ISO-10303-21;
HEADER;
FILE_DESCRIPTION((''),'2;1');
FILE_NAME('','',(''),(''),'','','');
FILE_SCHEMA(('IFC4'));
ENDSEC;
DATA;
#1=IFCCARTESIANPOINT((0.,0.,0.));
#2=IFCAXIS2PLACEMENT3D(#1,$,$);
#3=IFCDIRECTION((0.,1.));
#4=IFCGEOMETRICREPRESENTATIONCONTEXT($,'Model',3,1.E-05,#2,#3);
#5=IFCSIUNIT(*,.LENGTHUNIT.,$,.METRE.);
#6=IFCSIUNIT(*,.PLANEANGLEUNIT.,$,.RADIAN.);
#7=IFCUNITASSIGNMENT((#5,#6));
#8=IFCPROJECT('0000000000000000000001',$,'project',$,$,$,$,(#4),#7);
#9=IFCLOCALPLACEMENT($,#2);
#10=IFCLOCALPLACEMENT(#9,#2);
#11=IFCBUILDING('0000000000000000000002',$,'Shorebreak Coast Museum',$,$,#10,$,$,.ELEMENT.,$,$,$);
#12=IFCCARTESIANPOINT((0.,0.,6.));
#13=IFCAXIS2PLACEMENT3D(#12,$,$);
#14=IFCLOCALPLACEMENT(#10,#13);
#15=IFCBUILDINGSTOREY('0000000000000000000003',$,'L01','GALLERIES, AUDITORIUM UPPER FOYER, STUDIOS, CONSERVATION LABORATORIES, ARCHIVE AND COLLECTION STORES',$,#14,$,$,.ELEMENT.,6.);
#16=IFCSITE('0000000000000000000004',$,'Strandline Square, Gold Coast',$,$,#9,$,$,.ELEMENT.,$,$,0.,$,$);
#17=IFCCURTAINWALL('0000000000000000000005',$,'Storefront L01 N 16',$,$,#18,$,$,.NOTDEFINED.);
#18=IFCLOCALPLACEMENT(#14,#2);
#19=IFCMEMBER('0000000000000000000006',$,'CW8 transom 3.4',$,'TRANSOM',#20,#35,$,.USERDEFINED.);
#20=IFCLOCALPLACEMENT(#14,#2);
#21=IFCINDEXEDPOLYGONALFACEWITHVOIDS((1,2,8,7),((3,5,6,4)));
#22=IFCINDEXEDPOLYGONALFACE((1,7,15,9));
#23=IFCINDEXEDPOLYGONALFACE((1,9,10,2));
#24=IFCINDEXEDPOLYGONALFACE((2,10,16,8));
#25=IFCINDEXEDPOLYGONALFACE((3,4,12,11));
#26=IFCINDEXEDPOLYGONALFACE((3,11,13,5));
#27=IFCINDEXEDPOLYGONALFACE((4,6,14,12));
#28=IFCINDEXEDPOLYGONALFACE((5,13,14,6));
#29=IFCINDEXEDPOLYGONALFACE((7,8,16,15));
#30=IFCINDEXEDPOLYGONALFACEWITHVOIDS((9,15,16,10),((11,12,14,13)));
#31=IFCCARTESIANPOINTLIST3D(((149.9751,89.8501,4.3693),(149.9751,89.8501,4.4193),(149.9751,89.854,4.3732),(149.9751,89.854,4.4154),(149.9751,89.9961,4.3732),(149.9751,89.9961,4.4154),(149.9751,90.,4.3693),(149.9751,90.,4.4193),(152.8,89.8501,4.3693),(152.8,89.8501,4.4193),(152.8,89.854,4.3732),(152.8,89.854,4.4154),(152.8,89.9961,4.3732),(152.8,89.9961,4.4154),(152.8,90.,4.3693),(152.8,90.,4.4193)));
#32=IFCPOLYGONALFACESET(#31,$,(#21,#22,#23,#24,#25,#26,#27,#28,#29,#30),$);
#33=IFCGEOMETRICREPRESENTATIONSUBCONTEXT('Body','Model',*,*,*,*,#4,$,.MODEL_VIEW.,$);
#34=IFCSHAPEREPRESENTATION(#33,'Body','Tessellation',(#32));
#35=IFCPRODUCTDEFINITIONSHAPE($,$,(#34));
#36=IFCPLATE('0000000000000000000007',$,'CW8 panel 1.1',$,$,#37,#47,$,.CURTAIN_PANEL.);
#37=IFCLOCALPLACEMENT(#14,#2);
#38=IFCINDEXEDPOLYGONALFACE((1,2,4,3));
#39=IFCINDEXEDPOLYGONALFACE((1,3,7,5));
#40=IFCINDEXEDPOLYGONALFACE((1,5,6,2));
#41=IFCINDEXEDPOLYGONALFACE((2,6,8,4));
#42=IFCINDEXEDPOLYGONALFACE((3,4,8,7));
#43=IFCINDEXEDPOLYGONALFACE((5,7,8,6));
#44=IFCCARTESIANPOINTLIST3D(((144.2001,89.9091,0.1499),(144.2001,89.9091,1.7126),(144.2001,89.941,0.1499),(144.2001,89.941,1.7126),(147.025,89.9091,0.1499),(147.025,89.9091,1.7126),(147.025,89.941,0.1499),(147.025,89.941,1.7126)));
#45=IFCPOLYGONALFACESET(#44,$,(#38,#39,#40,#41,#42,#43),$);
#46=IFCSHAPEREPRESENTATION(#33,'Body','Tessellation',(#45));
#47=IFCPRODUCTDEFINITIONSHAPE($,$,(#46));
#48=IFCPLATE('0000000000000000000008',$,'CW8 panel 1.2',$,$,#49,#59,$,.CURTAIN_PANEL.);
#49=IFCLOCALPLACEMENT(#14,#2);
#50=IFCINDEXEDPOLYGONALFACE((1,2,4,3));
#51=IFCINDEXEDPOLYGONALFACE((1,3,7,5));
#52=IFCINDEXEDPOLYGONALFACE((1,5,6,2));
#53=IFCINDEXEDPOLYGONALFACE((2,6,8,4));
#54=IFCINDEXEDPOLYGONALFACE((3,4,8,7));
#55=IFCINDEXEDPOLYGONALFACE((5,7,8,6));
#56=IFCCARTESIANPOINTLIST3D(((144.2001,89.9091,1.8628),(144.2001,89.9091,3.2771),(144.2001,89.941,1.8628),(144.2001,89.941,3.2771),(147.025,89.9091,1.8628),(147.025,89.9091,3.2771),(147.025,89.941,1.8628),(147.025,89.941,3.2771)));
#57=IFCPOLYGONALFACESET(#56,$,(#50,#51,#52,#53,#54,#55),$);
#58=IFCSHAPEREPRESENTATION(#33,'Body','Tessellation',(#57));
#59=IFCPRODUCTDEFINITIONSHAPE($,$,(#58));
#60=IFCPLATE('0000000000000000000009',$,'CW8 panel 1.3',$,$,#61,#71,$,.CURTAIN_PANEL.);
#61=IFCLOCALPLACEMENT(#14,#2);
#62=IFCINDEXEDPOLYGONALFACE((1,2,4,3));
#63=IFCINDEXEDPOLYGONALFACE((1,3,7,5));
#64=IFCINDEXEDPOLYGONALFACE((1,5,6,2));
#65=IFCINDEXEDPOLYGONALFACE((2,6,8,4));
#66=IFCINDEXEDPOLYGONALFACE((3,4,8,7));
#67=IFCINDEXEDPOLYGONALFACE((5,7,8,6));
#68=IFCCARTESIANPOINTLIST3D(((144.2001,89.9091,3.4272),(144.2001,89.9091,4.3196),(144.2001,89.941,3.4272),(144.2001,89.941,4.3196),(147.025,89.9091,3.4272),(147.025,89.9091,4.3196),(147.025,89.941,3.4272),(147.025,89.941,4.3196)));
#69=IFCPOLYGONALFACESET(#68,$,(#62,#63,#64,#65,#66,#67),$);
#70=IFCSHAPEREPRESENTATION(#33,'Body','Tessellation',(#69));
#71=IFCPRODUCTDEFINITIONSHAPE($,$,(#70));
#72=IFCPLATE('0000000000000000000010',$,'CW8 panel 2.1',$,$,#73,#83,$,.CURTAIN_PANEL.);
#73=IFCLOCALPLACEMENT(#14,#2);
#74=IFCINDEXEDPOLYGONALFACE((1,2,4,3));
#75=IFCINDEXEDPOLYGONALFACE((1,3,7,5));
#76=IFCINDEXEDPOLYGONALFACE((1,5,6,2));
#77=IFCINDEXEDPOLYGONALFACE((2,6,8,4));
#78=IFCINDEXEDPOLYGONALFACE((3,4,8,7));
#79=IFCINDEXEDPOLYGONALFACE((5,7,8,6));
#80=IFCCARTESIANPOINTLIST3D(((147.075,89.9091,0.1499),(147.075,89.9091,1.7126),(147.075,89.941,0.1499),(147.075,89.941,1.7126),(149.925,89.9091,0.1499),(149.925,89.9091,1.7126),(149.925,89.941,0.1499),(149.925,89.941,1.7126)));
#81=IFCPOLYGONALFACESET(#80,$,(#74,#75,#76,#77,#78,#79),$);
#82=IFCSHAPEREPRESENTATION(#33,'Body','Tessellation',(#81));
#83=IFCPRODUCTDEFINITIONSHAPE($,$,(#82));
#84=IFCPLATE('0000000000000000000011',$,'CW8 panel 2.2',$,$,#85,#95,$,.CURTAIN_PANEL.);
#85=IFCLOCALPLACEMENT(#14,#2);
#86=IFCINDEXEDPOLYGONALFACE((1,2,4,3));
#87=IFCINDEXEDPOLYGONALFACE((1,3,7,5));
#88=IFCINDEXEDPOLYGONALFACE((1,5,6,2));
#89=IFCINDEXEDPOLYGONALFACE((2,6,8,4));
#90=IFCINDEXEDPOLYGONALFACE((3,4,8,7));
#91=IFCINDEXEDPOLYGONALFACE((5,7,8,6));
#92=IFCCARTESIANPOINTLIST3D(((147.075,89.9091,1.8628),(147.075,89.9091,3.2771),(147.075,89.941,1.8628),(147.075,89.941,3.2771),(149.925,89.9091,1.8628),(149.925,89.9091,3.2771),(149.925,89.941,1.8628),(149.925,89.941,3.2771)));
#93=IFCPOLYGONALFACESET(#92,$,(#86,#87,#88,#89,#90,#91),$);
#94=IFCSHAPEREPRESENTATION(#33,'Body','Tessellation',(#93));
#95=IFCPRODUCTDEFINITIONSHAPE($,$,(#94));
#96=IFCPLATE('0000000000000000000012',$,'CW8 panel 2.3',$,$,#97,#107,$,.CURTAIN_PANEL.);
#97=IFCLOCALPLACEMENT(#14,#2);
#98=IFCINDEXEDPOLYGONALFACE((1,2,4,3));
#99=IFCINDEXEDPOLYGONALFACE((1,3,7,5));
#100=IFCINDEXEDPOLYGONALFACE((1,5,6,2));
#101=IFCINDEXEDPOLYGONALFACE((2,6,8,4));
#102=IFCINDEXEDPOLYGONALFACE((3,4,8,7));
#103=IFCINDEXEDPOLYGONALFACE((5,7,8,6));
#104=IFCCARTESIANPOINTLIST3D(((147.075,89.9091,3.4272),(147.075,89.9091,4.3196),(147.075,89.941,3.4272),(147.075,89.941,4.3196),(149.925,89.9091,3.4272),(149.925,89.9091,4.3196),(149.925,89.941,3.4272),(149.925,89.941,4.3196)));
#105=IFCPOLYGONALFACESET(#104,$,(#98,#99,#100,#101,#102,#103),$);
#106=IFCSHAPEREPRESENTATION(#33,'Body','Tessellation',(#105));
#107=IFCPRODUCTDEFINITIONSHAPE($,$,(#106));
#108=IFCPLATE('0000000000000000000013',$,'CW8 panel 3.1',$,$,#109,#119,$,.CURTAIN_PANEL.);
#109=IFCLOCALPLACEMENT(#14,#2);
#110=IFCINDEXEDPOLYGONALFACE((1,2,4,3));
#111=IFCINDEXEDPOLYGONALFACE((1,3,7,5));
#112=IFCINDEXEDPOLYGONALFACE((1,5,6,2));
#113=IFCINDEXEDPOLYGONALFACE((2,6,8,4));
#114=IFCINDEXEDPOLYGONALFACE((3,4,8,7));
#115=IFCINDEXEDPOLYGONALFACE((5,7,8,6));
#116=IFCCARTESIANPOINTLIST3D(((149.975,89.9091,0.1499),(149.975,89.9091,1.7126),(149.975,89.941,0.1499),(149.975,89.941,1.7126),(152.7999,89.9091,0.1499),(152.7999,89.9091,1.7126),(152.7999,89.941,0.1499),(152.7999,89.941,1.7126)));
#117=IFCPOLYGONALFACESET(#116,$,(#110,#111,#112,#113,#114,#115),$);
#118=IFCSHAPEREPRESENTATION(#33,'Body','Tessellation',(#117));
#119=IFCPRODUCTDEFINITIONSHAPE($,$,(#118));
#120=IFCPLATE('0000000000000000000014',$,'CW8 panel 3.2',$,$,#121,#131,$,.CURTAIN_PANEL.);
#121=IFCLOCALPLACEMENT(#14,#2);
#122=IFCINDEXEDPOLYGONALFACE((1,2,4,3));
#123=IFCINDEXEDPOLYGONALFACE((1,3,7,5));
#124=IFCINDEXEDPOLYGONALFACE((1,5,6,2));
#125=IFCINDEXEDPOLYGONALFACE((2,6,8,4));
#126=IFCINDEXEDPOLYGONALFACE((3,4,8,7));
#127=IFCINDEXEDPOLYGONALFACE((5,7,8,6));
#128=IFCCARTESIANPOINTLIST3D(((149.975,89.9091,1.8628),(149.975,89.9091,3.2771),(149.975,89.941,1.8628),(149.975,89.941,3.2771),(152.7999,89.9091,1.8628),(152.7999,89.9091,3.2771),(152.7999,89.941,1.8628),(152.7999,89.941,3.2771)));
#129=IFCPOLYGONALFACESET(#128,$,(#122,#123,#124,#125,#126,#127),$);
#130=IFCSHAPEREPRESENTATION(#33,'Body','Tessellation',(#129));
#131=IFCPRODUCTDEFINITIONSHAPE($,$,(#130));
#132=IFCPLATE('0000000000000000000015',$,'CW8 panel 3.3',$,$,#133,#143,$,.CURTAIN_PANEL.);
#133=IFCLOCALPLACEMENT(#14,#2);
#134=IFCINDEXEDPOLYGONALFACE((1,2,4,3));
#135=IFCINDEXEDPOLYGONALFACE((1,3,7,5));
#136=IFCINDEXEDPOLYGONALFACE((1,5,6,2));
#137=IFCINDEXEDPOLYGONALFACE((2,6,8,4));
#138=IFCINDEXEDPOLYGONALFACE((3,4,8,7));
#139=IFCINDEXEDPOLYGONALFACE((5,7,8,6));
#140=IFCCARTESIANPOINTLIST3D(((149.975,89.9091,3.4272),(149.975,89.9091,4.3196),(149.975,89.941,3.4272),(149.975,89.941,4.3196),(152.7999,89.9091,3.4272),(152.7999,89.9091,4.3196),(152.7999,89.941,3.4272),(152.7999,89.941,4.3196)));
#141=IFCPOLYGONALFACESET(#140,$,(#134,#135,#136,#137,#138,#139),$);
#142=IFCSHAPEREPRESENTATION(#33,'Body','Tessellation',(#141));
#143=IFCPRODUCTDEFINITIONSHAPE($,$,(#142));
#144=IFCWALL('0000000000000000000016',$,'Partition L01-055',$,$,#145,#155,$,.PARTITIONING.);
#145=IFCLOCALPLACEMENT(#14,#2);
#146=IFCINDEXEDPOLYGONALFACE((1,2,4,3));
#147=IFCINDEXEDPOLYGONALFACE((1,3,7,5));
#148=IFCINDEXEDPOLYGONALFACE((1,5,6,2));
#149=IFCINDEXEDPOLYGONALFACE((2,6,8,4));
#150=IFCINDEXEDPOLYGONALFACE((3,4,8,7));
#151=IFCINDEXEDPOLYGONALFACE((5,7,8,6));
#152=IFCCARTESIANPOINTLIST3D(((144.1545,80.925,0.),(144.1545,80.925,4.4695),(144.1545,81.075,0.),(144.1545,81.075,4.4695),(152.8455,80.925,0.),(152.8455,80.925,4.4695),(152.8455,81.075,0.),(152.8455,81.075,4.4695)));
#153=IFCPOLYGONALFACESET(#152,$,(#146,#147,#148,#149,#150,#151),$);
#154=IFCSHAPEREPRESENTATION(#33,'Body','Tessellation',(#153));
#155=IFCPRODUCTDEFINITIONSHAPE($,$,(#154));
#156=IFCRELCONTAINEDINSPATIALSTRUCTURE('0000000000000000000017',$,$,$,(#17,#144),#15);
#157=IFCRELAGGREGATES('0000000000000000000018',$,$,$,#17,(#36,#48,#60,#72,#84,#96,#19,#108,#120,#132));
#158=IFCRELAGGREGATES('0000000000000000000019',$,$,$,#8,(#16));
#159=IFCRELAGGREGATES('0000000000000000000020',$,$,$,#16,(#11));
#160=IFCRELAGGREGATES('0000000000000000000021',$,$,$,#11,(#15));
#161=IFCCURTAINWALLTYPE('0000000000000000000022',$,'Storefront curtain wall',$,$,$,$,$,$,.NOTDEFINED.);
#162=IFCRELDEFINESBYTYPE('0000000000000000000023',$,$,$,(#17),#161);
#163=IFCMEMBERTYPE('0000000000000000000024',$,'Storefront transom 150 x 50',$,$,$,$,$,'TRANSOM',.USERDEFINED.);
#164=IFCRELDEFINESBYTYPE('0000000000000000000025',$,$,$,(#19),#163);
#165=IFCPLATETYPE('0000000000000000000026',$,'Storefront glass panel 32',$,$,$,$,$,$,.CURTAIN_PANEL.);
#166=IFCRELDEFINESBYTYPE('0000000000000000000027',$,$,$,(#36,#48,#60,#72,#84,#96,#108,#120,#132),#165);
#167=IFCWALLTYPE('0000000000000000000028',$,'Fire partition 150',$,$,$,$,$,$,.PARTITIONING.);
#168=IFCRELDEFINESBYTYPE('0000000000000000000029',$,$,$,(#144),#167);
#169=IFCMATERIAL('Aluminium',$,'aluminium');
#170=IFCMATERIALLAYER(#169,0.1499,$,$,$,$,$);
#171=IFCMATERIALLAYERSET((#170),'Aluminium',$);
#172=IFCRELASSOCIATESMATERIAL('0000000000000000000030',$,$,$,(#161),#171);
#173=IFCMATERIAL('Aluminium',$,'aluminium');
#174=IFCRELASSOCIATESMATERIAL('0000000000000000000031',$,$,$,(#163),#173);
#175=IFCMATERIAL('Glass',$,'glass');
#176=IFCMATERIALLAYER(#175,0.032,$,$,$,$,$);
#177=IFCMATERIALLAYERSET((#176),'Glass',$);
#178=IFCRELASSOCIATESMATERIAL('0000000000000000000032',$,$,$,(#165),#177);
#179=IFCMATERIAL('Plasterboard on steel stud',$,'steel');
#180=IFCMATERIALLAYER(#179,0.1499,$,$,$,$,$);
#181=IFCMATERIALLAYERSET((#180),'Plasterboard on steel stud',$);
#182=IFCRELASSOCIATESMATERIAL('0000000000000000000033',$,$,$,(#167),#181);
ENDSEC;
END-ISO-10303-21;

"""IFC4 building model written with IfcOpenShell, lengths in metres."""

from ifc_helpers import new_model, si_unit, direction, frame, frame_2d, origin, origin_2d, place, context, subcontext, project, spatial, rectangle, hollow_rectangle, extrude, material, layer, layer_set, material_profile, profile_set, type_object, element, aggregate, save


model = new_model("IFC4")

# Units and contexts
model_context = context("Model", 3, precision=1e-05, world=origin(), true_north=direction((0.0, 1.0)))
body_context = subcontext(model_context, "Body", "Model", "MODEL_VIEW")
ifc_project = project(units=[si_unit("LENGTHUNIT", "METRE"), si_unit("PLANEANGLEUNIT", "RADIAN")], contexts=[model_context])

# Site, building, storey
site_placement = place(None, origin())
site = spatial("IfcSite", under=ifc_project, at=site_placement, Name="Strandline Square, Gold Coast", CompositionType="ELEMENT", RefElevation=0.0)
building_placement = place(site_placement, origin())
building = spatial("IfcBuilding", under=site, at=building_placement, Name="Shorebreak Coast Museum", CompositionType="ELEMENT")
storey_placement = place(building_placement, frame((0.0, 0.0, 6.0)))
storey = spatial("IfcBuildingStorey", under=building, at=storey_placement, Name="L01", Description="GALLERIES, AUDITORIUM UPPER FOYER, STUDIOS, CONSERVATION LABORATORIES, ARCHIVE AND COLLECTION STORES", CompositionType="ELEMENT", Elevation=6.0)

# Curtain wall
ifc_material_1 = material(Name="Aluminium", Category="aluminium")
ifc_layer_1 = layer(ifc_material_1, 0.1499)
ifc_layer_set_1 = layer_set([ifc_layer_1], Name="Aluminium")
curtain_wall_type = type_object("IfcCurtainWallType", Name="Storefront curtain wall", PredefinedType="NOTDEFINED", material=ifc_layer_set_1)
curtain_wall_1_placement = place(storey_placement, origin())
curtain_wall_1 = element("IfcCurtainWall", 1, at=curtain_wall_1_placement, inside=storey, type_object=curtain_wall_type, Name="Storefront L01 N 16", PredefinedType="NOTDEFINED")

# Member
ifc_material_2 = material(Name="Aluminium", Category="aluminium")
ifc_material_profile_1 = material_profile(ifc_material_2, hollow_rectangle(XDim=0.1499, YDim=0.05, WallThickness=0.0039, at=origin_2d()), Name="AL 50x150 RHS")
ifc_profile_set_1 = profile_set([ifc_material_profile_1], Name="Aluminium")
member_type_1 = type_object("IfcMemberType", Name="Storefront transom 150 x 50", ElementType="TRANSOM", PredefinedType="USERDEFINED", material=ifc_profile_set_1)
member_1_placement = place(storey_placement, frame((149.9751, 89.925, 4.3943), z_axis=(1.0, 0.0, 0.0), x_axis=(0.0, 1.0, 0.0)))
member_1 = element("IfcMember", 2, at=member_1_placement, type_object=member_type_1, Name="CW8 transom 3.4", ObjectType="TRANSOM", PredefinedType="USERDEFINED", context=body_context, shape_type="SweptSolid", body=[
    extrude(hollow_rectangle(XDim=0.1499, YDim=0.05, WallThickness=0.0039, at=origin_2d()), origin(), (0.0, 0.0, 1.0), 2.825),
])

# Plates
ifc_material_3 = material(Name="Glass", Category="glass")
ifc_layer_2 = layer(ifc_material_3, 0.032)
ifc_layer_set_2 = layer_set([ifc_layer_2], Name="Glass")
plate_type = type_object("IfcPlateType", Name="Storefront glass panel 32", PredefinedType="CURTAIN_PANEL", material=ifc_layer_set_2)
plate_1_placement = place(storey_placement, frame((145.6125, 89.925, 0.1499), z_axis=(0.0, 0.0, 1.0), x_axis=(1.0, 0.0, 0.0)))
plate_1 = element("IfcPlate", 3, at=plate_1_placement, type_object=plate_type, Name="CW8 panel 1.1", PredefinedType="CURTAIN_PANEL", context=body_context, shape_type="SweptSolid", body=[
    extrude(rectangle(XDim=2.825, YDim=0.032, at=origin_2d()), origin(), (0.0, 0.0, 1.0), 1.5627),
])
plate_2_placement = place(storey_placement, frame((145.6125, 89.925, 1.8628), z_axis=(0.0, 0.0, 1.0), x_axis=(1.0, 0.0, 0.0)))
plate_2 = element("IfcPlate", 4, at=plate_2_placement, type_object=plate_type, Name="CW8 panel 1.2", PredefinedType="CURTAIN_PANEL", context=body_context, shape_type="SweptSolid", body=[
    extrude(rectangle(XDim=2.825, YDim=0.032, at=origin_2d()), origin(), (0.0, 0.0, 1.0), 1.4143),
])
plate_3_placement = place(storey_placement, frame((145.6125, 89.925, 3.4272), z_axis=(0.0, 0.0, 1.0), x_axis=(1.0, 0.0, 0.0)))
plate_3 = element("IfcPlate", 5, at=plate_3_placement, type_object=plate_type, Name="CW8 panel 1.3", PredefinedType="CURTAIN_PANEL", context=body_context, shape_type="SweptSolid", body=[
    extrude(rectangle(XDim=2.825, YDim=0.032, at=origin_2d()), origin(), (0.0, 0.0, 1.0), 0.8923),
])
plate_4_placement = place(storey_placement, frame((148.5, 89.925, 0.1499), z_axis=(0.0, 0.0, 1.0), x_axis=(1.0, 0.0, 0.0)))
plate_4 = element("IfcPlate", 6, at=plate_4_placement, type_object=plate_type, Name="CW8 panel 2.1", PredefinedType="CURTAIN_PANEL", context=body_context, shape_type="SweptSolid", body=[
    extrude(rectangle(XDim=2.8501, YDim=0.032, at=origin_2d()), origin(), (0.0, 0.0, 1.0), 1.5627),
])
plate_5_placement = place(storey_placement, frame((148.5, 89.925, 1.8628), z_axis=(0.0, 0.0, 1.0), x_axis=(1.0, 0.0, 0.0)))
plate_5 = element("IfcPlate", 7, at=plate_5_placement, type_object=plate_type, Name="CW8 panel 2.2", PredefinedType="CURTAIN_PANEL", context=body_context, shape_type="SweptSolid", body=[
    extrude(rectangle(XDim=2.8501, YDim=0.032, at=origin_2d()), origin(), (0.0, 0.0, 1.0), 1.4143),
])
plate_6_placement = place(storey_placement, frame((148.5, 89.925, 3.4272), z_axis=(0.0, 0.0, 1.0), x_axis=(1.0, 0.0, 0.0)))
plate_6 = element("IfcPlate", 8, at=plate_6_placement, type_object=plate_type, Name="CW8 panel 2.3", PredefinedType="CURTAIN_PANEL", context=body_context, shape_type="SweptSolid", body=[
    extrude(rectangle(XDim=2.8501, YDim=0.032, at=origin_2d()), origin(), (0.0, 0.0, 1.0), 0.8923),
])
plate_7_placement = place(storey_placement, frame((151.3875, 89.925, 0.1499), z_axis=(0.0, 0.0, 1.0), x_axis=(1.0, 0.0, 0.0)))
plate_7 = element("IfcPlate", 9, at=plate_7_placement, type_object=plate_type, Name="CW8 panel 3.1", PredefinedType="CURTAIN_PANEL", context=body_context, shape_type="SweptSolid", body=[
    extrude(rectangle(XDim=2.825, YDim=0.032, at=origin_2d()), origin(), (0.0, 0.0, 1.0), 1.5627),
])
plate_8_placement = place(storey_placement, frame((151.3875, 89.925, 1.8628), z_axis=(0.0, 0.0, 1.0), x_axis=(1.0, 0.0, 0.0)))
plate_8 = element("IfcPlate", 10, at=plate_8_placement, type_object=plate_type, Name="CW8 panel 3.2", PredefinedType="CURTAIN_PANEL", context=body_context, shape_type="SweptSolid", body=[
    extrude(rectangle(XDim=2.825, YDim=0.032, at=origin_2d()), origin(), (0.0, 0.0, 1.0), 1.4143),
])
plate_9_placement = place(storey_placement, frame((151.3875, 89.925, 3.4272), z_axis=(0.0, 0.0, 1.0), x_axis=(1.0, 0.0, 0.0)))
plate_9 = element("IfcPlate", 11, at=plate_9_placement, type_object=plate_type, Name="CW8 panel 3.3", PredefinedType="CURTAIN_PANEL", context=body_context, shape_type="SweptSolid", body=[
    extrude(rectangle(XDim=2.825, YDim=0.032, at=origin_2d()), origin(), (0.0, 0.0, 1.0), 0.8923),
])
aggregate(curtain_wall_1, [plate_1, plate_2, plate_3, plate_4, plate_5, plate_6, member_1, plate_7, plate_8, plate_9])

# Wall
ifc_material_4 = material(Name="Plasterboard on steel stud", Category="steel")
ifc_layer_3 = layer(ifc_material_4, 0.1499)
ifc_layer_set_3 = layer_set([ifc_layer_3], Name="Plasterboard on steel stud")
wall_type = type_object("IfcWallType", Name="Fire partition 150", PredefinedType="PARTITIONING", material=ifc_layer_set_3)
wall_placement = place(storey_placement, frame((144.1545, 81.0, 0.0), z_axis=(0.0, 0.0, 1.0), x_axis=(1.0, 0.0, 0.0)))
element("IfcWall", 12, at=wall_placement, inside=storey, type_object=wall_type, Name="Partition L01-055", PredefinedType="PARTITIONING", context=body_context, shape_type="SweptSolid", body=[
    extrude(rectangle(XDim=8.6909, YDim=0.1499, at=frame_2d((4.3455, 0.0))), origin(), (0.0, 0.0, 1.0), 4.4695),
])

save(model, "model.ifc")
